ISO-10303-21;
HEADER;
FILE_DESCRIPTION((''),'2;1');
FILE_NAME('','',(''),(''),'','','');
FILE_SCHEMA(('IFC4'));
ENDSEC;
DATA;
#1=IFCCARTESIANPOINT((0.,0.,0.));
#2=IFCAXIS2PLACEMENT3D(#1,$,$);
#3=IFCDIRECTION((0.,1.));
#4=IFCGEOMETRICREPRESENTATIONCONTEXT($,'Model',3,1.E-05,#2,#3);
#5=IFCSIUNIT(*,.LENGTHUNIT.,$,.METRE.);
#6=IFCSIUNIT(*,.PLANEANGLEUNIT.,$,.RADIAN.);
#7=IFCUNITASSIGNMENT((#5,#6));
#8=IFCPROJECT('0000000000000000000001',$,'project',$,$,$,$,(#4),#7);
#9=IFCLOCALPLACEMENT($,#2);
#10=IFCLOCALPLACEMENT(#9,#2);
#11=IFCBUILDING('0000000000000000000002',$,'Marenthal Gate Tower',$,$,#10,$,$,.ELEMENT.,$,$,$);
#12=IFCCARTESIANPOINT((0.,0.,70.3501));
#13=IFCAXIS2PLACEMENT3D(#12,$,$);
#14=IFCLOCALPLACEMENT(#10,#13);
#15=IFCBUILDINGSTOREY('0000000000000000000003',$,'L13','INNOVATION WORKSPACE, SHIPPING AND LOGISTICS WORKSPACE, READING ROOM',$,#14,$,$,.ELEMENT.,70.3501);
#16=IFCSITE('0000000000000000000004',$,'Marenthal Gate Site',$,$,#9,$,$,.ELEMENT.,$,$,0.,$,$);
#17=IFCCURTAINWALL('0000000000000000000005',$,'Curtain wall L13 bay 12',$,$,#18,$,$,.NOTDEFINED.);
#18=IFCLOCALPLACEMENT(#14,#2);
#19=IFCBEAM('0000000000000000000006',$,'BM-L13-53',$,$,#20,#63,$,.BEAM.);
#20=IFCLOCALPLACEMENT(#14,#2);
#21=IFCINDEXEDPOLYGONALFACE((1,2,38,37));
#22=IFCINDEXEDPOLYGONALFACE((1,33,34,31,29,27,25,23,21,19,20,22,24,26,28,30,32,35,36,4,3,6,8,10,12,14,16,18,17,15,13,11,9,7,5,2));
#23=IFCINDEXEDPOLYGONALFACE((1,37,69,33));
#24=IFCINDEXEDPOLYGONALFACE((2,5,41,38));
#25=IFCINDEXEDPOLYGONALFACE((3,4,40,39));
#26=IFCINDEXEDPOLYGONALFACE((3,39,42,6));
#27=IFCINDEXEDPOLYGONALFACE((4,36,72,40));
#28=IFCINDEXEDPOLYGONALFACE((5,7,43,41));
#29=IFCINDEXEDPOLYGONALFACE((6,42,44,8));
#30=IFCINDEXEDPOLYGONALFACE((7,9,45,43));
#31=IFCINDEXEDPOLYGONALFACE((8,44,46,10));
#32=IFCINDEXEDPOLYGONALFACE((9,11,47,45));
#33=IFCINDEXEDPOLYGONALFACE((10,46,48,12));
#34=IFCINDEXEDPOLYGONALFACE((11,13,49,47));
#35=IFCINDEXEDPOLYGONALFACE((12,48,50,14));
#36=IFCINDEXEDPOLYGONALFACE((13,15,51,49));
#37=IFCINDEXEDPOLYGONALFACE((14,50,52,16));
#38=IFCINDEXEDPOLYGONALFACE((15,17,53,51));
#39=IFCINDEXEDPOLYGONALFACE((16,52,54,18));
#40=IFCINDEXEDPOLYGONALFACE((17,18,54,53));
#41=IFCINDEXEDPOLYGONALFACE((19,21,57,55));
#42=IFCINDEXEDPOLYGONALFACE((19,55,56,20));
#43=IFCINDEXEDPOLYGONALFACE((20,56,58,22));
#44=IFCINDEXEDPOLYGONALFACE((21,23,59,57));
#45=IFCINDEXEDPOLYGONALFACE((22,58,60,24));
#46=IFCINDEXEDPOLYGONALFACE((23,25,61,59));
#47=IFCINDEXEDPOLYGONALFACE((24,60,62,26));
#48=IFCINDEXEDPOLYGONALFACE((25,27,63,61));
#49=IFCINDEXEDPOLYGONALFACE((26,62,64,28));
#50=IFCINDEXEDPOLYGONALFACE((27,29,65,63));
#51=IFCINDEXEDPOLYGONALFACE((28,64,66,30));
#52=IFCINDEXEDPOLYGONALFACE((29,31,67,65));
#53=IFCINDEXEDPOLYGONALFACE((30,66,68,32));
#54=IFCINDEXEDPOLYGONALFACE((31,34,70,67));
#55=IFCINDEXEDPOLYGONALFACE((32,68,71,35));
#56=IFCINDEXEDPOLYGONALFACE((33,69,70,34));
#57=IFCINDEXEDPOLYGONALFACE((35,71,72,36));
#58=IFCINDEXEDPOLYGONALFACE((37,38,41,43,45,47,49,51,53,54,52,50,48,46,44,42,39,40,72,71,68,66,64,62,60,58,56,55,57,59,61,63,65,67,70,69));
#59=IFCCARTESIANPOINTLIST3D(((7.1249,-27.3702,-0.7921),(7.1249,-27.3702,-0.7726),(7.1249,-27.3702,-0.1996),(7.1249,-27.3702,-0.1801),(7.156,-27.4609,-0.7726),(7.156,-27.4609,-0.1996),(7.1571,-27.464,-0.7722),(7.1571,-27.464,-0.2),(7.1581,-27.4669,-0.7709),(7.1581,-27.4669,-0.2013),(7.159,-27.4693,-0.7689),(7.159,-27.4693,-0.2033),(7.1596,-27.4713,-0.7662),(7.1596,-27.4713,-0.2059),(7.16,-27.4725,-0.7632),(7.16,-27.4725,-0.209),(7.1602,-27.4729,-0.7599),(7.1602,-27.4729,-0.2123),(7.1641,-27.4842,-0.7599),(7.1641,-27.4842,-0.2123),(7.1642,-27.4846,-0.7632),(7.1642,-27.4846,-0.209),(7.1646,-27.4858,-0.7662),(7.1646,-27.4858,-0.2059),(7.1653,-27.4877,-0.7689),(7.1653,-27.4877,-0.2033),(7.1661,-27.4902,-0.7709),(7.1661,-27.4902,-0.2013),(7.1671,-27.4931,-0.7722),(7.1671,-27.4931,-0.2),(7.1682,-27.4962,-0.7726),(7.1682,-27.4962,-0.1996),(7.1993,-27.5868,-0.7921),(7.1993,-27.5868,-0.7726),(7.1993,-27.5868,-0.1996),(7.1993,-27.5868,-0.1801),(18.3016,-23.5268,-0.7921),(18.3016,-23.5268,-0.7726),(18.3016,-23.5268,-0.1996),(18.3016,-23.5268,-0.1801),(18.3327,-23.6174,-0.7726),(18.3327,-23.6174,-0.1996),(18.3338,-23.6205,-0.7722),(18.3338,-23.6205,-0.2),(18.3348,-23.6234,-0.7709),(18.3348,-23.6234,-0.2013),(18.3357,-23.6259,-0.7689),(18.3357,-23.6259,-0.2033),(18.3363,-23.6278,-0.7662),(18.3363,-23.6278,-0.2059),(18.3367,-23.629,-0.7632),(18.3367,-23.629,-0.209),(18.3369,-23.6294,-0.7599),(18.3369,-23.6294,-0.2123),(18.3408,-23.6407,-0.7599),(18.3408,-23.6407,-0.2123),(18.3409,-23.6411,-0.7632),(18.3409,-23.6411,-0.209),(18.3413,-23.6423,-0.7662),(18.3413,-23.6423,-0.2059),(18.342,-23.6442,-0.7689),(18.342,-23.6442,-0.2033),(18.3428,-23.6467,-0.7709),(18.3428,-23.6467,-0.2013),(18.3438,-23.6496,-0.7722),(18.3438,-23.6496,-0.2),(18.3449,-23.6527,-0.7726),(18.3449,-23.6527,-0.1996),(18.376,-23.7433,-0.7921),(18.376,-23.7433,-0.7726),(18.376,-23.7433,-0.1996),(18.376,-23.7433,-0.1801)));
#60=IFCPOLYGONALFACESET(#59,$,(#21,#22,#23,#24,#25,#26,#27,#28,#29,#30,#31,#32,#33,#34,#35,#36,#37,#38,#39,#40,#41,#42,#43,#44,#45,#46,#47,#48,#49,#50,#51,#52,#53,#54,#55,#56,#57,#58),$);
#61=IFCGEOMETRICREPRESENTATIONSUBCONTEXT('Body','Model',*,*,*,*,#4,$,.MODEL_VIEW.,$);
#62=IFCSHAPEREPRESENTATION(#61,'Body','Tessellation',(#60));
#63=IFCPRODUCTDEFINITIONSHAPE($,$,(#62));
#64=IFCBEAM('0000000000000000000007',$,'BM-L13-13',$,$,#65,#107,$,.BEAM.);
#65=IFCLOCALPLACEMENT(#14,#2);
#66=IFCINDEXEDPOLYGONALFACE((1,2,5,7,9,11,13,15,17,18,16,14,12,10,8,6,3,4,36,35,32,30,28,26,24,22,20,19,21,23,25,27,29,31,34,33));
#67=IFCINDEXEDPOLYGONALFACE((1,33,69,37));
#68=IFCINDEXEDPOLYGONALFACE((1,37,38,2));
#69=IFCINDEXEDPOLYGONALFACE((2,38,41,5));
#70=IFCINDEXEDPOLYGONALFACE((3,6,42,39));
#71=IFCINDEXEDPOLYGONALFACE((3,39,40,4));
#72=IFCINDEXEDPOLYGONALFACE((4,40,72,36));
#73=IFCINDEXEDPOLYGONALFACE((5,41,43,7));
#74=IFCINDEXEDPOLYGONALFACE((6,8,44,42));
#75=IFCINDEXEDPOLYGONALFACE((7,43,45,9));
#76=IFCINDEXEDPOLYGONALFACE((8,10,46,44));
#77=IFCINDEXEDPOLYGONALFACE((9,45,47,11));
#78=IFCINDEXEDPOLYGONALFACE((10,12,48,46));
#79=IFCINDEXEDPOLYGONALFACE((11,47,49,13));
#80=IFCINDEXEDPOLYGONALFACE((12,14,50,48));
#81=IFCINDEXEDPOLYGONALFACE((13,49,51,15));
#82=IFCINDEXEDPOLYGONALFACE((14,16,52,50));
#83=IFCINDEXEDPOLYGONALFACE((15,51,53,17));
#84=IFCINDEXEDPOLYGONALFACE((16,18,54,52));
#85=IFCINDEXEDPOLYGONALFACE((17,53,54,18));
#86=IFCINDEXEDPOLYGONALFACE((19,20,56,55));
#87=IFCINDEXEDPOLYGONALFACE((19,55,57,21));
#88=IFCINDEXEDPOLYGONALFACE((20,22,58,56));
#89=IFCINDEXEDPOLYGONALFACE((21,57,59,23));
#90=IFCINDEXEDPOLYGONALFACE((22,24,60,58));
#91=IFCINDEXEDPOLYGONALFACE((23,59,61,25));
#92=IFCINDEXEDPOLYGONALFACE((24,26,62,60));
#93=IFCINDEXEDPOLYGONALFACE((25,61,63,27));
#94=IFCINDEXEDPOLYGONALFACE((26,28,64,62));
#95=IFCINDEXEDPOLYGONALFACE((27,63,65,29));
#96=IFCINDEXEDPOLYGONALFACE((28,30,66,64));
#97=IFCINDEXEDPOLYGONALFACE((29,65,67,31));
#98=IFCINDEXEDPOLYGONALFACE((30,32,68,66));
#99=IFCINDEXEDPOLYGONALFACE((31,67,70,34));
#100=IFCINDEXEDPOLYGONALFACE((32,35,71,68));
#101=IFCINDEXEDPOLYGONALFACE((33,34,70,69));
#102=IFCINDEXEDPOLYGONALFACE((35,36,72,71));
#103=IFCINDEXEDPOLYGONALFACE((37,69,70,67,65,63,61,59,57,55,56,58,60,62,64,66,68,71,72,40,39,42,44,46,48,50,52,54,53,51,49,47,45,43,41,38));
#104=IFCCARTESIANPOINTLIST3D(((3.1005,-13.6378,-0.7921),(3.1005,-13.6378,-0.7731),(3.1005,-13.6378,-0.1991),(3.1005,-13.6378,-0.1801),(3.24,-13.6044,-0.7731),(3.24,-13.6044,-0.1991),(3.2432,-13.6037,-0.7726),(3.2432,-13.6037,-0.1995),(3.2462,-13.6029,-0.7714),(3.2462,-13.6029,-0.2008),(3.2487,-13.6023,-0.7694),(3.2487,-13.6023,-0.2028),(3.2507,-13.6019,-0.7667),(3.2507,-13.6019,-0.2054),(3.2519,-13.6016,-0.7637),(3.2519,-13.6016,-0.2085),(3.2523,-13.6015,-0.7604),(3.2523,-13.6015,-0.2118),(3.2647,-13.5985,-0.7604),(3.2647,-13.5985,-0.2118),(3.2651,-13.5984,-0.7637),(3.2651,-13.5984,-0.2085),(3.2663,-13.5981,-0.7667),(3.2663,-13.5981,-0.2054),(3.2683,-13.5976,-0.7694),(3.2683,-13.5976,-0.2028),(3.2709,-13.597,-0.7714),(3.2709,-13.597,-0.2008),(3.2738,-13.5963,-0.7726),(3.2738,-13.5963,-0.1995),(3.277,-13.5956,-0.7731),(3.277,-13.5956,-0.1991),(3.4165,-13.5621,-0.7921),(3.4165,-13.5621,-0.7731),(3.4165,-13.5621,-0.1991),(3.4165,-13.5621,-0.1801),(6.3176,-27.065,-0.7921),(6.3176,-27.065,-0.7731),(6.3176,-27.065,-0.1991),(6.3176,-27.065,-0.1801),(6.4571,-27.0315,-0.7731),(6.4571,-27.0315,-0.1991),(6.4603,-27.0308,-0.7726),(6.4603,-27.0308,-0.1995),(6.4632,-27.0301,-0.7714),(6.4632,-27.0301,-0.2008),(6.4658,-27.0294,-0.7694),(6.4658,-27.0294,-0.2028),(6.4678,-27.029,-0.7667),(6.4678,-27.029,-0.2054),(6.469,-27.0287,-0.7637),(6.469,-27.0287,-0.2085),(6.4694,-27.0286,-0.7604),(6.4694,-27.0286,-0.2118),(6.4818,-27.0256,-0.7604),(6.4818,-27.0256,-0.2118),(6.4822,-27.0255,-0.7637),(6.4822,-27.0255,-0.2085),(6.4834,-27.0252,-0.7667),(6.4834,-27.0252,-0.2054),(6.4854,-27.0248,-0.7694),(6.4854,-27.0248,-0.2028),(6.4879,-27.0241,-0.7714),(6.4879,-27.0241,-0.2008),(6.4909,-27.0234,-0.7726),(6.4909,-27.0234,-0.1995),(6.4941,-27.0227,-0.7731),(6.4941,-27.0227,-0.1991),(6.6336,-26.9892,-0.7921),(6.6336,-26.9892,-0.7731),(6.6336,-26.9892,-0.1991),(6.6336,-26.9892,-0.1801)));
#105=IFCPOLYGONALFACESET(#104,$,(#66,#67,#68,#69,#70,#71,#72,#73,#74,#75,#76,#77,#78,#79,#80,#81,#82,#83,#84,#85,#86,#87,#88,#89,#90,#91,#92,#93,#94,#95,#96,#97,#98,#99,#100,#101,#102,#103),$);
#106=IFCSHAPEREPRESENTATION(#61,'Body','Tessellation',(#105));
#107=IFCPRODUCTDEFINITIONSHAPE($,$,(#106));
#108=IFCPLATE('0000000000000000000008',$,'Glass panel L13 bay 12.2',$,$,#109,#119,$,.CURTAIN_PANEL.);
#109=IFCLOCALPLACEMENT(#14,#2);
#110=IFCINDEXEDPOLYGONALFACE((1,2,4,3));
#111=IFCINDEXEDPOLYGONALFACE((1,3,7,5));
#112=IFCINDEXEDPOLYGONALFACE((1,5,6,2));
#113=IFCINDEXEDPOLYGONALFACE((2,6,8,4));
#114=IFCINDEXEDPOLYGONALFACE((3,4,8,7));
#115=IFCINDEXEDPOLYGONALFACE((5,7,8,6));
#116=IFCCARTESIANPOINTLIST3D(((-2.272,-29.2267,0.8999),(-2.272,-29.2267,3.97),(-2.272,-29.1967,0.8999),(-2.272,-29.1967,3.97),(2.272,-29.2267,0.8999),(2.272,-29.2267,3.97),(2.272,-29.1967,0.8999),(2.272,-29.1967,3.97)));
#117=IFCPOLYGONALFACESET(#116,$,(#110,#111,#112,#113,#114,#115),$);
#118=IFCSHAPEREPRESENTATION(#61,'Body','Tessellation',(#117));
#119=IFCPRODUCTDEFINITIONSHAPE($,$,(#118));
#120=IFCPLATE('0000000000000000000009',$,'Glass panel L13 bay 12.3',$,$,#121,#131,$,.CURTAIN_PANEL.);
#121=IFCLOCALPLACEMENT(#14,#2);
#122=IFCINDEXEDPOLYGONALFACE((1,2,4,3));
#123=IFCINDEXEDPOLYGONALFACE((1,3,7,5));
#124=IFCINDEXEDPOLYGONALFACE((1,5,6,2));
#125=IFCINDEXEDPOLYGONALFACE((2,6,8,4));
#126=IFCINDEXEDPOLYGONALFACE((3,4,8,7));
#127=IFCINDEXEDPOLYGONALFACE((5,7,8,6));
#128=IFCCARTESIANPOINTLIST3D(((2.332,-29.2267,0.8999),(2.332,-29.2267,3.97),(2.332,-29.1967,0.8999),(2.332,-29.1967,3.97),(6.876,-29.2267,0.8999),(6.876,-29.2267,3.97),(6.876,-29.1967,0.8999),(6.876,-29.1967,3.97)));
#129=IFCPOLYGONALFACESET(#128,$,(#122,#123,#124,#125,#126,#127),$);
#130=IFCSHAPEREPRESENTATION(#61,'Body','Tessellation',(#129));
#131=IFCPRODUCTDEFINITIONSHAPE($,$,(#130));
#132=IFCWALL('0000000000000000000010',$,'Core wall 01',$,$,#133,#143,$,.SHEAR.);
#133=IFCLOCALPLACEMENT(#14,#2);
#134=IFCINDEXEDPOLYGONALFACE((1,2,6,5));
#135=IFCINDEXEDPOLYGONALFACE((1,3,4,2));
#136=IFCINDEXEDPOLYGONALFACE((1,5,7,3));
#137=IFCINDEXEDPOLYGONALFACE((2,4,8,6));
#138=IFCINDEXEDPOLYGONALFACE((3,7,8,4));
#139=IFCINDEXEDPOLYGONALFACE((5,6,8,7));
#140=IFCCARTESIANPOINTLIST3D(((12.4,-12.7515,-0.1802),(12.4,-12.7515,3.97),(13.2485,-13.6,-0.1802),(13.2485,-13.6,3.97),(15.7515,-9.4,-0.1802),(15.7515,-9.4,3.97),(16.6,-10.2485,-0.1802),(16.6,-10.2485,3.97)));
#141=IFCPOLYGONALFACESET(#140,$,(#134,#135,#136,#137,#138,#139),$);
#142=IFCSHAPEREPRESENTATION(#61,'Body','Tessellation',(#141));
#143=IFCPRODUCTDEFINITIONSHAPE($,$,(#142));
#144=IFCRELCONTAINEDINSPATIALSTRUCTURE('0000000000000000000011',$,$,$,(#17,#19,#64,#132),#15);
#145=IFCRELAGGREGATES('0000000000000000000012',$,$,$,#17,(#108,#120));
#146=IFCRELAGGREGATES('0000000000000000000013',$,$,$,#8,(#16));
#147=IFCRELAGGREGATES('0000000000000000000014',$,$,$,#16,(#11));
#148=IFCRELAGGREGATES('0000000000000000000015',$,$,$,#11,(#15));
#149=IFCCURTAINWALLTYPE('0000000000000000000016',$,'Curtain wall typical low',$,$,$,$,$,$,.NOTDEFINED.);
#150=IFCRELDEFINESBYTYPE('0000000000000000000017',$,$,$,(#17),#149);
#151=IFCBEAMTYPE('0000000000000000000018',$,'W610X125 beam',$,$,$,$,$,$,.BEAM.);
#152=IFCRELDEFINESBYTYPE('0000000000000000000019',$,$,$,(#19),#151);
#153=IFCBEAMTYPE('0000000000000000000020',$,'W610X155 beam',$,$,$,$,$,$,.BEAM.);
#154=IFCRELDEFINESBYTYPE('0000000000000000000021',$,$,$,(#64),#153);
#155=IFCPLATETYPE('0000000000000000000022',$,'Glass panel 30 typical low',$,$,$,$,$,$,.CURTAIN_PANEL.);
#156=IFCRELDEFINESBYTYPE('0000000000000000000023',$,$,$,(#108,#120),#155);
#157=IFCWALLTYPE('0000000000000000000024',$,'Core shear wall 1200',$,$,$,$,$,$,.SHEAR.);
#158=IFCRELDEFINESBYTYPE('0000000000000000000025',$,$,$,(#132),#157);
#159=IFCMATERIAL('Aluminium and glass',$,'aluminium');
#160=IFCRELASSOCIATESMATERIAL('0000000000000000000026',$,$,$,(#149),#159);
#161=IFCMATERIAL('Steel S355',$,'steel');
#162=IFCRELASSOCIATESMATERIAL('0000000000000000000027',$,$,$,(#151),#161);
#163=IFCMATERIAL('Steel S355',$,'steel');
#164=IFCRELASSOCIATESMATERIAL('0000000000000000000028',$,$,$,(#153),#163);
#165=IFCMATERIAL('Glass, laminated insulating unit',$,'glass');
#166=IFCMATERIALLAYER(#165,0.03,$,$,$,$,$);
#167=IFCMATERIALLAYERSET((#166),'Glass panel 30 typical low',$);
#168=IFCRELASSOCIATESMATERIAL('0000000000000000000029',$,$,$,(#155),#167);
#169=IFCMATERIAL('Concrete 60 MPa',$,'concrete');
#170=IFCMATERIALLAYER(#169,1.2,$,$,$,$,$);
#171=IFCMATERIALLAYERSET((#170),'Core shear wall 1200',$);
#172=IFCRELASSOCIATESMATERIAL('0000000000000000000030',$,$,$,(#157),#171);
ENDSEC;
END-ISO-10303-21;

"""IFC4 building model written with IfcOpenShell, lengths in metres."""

from ifc_helpers import new_model, si_unit, direction, frame, frame_2d, origin, origin_2d, place, context, subcontext, project, spatial, rectangle, i_section, extrude, material, layer, layer_set, material_profile, profile_set, type_object, element, aggregate, save


model = new_model("IFC4")

# Units and contexts
model_context = context("Model", 3, precision=1e-05, world=origin(), true_north=direction((0.0, 1.0)))
body_context = subcontext(model_context, "Body", "Model", "MODEL_VIEW")
ifc_project = project(units=[si_unit("LENGTHUNIT", "METRE"), si_unit("PLANEANGLEUNIT", "RADIAN")], contexts=[model_context])

# Site, building, storey
site_placement = place(None, origin())
site = spatial("IfcSite", under=ifc_project, at=site_placement, Name="Marenthal Gate Site", CompositionType="ELEMENT", RefElevation=0.0)
building_placement = place(site_placement, origin())
building = spatial("IfcBuilding", under=site, at=building_placement, Name="Marenthal Gate Tower", CompositionType="ELEMENT")
storey_placement = place(building_placement, frame((0.0, 0.0, 70.3501)))
storey = spatial("IfcBuildingStorey", under=building, at=storey_placement, Name="L13", Description="INNOVATION WORKSPACE, SHIPPING AND LOGISTICS WORKSPACE, READING ROOM", CompositionType="ELEMENT", Elevation=70.3501)

# Curtain wall
ifc_material_1 = material(Name="Aluminium and glass", Category="aluminium")
curtain_wall_type = type_object("IfcCurtainWallType", Name="Curtain wall typical low", PredefinedType="NOTDEFINED", material=ifc_material_1)
curtain_wall_placement = place(storey_placement, origin())
curtain_wall = element("IfcCurtainWall", 1, at=curtain_wall_placement, inside=storey, type_object=curtain_wall_type, Name="Curtain wall L13 bay 12", PredefinedType="NOTDEFINED")

# Beams
ifc_material_2 = material(Name="Steel S355", Category="steel")
ifc_material_profile_1 = material_profile(ifc_material_2, i_section(OverallWidth=0.229, OverallDepth=0.6121, WebThickness=0.012, FlangeThickness=0.0195, FilletRadius=0.0127, at=origin_2d()), Name="W610X125")
ifc_profile_set_1 = profile_set([ifc_material_profile_1], Name="Steel S355")
beam_type_1 = type_object("IfcBeamType", Name="W610X125 beam", PredefinedType="BEAM", material=ifc_profile_set_1)
beam_1_placement = place(storey_placement, frame((7.1621, -27.4785, -0.4861), z_axis=(0.945648, 0.325193, 0.0), x_axis=(-0.325193, 0.945648, 0.0)))
element("IfcBeam", 2, at=beam_1_placement, inside=storey, type_object=beam_type_1, Name="BM-L13-53", PredefinedType="BEAM", context=body_context, shape_type="SweptSolid", body=[
    extrude(i_section(OverallWidth=0.229, OverallDepth=0.6121, WebThickness=0.012, FlangeThickness=0.0195, FilletRadius=0.0127, at=origin_2d()), origin(), (0.0, 0.0, 1.0), 11.8191),
])
ifc_material_3 = material(Name="Steel S355", Category="steel")
ifc_material_profile_2 = material_profile(ifc_material_3, i_section(OverallWidth=0.325, OverallDepth=0.6121, WebThickness=0.0127, FlangeThickness=0.019, FilletRadius=0.0127, at=origin_2d()), Name="W610X155")
ifc_profile_set_2 = profile_set([ifc_material_profile_2], Name="Steel S355")
beam_type_2 = type_object("IfcBeamType", Name="W610X155 beam", PredefinedType="BEAM", material=ifc_profile_set_2)
beam_2_placement = place(storey_placement, frame((6.4756, -27.0271, -0.4861), z_axis=(-0.233, 0.972477, 0.0), x_axis=(-0.972477, -0.233, 0.0)))
element("IfcBeam", 3, at=beam_2_placement, inside=storey, type_object=beam_type_2, Name="BM-L13-13", PredefinedType="BEAM", context=body_context, shape_type="SweptSolid", body=[
    extrude(i_section(OverallWidth=0.325, OverallDepth=0.6121, WebThickness=0.0127, FlangeThickness=0.019, FilletRadius=0.0127, at=origin_2d()), origin(), (0.0, 0.0, 1.0), 13.8071),
])

# Plates
ifc_material_4 = material(Name="Glass, laminated insulating unit", Category="glass")
ifc_layer_1 = layer(ifc_material_4, 0.03)
ifc_layer_set_1 = layer_set([ifc_layer_1], Name="Glass panel 30 typical low")
plate_type = type_object("IfcPlateType", Name="Glass panel 30 typical low", PredefinedType="CURTAIN_PANEL", material=ifc_layer_set_1)
plate_1_placement = place(storey_placement, frame((0.0, -29.2117, 0.8999), z_axis=(0.0, 0.0, 1.0), x_axis=(1.0, 0.0, 0.0)))
plate_1 = element("IfcPlate", 4, at=plate_1_placement, type_object=plate_type, Name="Glass panel L13 bay 12.2", PredefinedType="CURTAIN_PANEL", context=body_context, shape_type="SweptSolid", body=[
    extrude(rectangle(XDim=4.5439, YDim=0.03, at=origin_2d()), origin(), (0.0, 0.0, 1.0), 3.0701),
])
plate_2_placement = place(storey_placement, frame((4.604, -29.2117, 0.8999), z_axis=(0.0, 0.0, 1.0), x_axis=(1.0, 0.0, 0.0)))
plate_2 = element("IfcPlate", 5, at=plate_2_placement, type_object=plate_type, Name="Glass panel L13 bay 12.3", PredefinedType="CURTAIN_PANEL", context=body_context, shape_type="SweptSolid", body=[
    extrude(rectangle(XDim=4.5439, YDim=0.03, at=origin_2d()), origin(), (0.0, 0.0, 1.0), 3.0701),
])
aggregate(curtain_wall, [plate_1, plate_2])

# Wall
ifc_material_5 = material(Name="Concrete 60 MPa", Category="concrete")
ifc_layer_2 = layer(ifc_material_5, 1.2)
ifc_layer_set_2 = layer_set([ifc_layer_2], Name="Core shear wall 1200")
wall_type_1 = type_object("IfcWallType", Name="Core shear wall 1200", PredefinedType="SHEAR", material=ifc_layer_set_2)
wall_1_placement = place(storey_placement, frame((12.8242, -13.1758, -0.1802), z_axis=(0.0, 0.0, 1.0), x_axis=(0.707107, 0.707107, 0.0)))
element("IfcWall", 6, at=wall_1_placement, inside=storey, type_object=wall_type_1, Name="Core wall 01", PredefinedType="SHEAR", context=body_context, shape_type="SweptSolid", body=[
    extrude(rectangle(XDim=4.7397, YDim=1.2, at=frame_2d((2.3699, 0.0))), origin(), (0.0, 0.0, 1.0), 4.1501),
])

save(model, "model.ifc")
